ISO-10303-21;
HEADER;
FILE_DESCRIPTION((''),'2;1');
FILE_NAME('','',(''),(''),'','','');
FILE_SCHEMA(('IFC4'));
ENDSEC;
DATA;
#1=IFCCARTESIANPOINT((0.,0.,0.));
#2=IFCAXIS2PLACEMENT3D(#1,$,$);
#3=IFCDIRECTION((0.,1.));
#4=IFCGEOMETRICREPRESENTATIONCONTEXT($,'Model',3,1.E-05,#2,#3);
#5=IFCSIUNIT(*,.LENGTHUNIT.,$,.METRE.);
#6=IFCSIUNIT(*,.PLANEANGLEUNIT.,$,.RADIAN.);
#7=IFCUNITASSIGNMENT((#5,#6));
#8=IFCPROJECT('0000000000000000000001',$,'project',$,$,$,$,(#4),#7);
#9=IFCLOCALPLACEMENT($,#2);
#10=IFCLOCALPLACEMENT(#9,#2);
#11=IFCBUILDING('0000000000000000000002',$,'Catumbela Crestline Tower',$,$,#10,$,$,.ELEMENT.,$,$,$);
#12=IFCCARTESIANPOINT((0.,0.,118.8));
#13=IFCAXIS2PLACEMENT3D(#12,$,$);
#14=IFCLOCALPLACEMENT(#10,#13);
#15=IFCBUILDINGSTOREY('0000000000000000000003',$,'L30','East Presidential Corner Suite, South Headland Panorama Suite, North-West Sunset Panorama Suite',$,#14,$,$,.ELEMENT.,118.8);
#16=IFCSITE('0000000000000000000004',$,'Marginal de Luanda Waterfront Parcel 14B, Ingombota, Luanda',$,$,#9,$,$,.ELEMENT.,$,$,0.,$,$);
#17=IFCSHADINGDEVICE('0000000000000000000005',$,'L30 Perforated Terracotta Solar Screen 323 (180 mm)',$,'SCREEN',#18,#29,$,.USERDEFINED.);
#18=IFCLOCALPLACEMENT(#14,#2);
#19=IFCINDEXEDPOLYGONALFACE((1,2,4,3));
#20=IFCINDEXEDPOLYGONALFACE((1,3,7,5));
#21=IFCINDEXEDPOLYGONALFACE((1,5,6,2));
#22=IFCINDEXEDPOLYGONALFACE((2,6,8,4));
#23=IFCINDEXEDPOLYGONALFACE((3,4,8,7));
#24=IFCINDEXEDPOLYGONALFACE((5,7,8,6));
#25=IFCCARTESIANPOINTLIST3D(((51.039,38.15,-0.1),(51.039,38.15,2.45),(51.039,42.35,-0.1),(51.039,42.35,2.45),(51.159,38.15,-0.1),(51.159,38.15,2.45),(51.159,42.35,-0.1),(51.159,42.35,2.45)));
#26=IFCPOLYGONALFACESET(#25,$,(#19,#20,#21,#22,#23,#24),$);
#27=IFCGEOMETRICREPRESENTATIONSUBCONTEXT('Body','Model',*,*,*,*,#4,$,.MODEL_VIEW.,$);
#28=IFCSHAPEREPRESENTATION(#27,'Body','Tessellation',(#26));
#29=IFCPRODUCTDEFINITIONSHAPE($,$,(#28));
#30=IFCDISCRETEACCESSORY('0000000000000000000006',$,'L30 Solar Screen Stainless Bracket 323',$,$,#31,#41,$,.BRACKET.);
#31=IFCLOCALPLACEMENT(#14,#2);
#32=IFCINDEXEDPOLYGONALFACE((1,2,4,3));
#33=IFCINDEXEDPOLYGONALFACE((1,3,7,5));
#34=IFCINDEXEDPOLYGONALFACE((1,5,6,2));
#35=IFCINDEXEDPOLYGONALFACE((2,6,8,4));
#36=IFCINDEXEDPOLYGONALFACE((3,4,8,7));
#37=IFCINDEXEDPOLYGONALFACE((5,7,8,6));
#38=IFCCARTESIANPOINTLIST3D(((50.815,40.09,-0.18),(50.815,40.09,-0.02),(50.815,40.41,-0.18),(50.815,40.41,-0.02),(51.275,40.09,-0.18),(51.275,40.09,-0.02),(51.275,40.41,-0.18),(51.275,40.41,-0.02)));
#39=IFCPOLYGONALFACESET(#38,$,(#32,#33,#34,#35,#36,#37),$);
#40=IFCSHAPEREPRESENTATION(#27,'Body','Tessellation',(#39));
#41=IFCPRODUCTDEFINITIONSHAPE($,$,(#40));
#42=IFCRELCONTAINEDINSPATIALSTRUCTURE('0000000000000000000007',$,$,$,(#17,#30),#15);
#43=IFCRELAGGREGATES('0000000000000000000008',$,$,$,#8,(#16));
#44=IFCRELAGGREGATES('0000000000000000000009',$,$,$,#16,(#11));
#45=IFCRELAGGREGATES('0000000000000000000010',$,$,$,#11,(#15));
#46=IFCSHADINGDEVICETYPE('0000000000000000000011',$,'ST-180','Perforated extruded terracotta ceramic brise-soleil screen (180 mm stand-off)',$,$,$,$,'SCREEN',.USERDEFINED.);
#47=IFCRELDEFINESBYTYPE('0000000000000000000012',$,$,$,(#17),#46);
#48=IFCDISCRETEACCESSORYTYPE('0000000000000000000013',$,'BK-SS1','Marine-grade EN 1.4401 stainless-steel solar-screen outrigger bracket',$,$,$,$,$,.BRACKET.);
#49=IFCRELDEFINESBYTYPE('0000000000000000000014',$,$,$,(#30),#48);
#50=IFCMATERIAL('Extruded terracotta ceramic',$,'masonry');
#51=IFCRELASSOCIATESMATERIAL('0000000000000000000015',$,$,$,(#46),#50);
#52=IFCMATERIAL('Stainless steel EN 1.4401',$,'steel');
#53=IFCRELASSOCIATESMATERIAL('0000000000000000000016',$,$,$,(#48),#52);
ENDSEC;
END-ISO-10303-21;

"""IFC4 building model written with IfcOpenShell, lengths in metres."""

from ifc_helpers import new_model, si_unit, direction, frame, origin, origin_2d, place, context, subcontext, project, spatial, rectangle, extrude, material, type_object, element, save


model = new_model("IFC4")

# Units and contexts
model_context = context("Model", 3, precision=1e-05, world=origin(), true_north=direction((0.0, 1.0)))
body_context = subcontext(model_context, "Body", "Model", "MODEL_VIEW")
ifc_project = project(units=[si_unit("LENGTHUNIT", "METRE"), si_unit("PLANEANGLEUNIT", "RADIAN")], contexts=[model_context])

# Site, building, storey
site_placement = place(None, origin())
site = spatial("IfcSite", under=ifc_project, at=site_placement, Name="Marginal de Luanda Waterfront Parcel 14B, Ingombota, Luanda", CompositionType="ELEMENT", RefElevation=0.0)
building_placement = place(site_placement, origin())
building = spatial("IfcBuilding", under=site, at=building_placement, Name="Catumbela Crestline Tower", CompositionType="ELEMENT")
storey_placement = place(building_placement, frame((0.0, 0.0, 118.8)))
storey = spatial("IfcBuildingStorey", under=building, at=storey_placement, Name="L30", Description="East Presidential Corner Suite, South Headland Panorama Suite, North-West Sunset Panorama Suite", CompositionType="ELEMENT", Elevation=118.8)

# Shared definitions
ifc_material_1 = material(Name="Extruded terracotta ceramic", Category="masonry")

# Shading device
shading_device_type = type_object("IfcShadingDeviceType", Name="ST-180", Description="Perforated extruded terracotta ceramic brise-soleil screen (180 mm stand-off)", ElementType="SCREEN", PredefinedType="USERDEFINED", material=ifc_material_1)
shading_device_placement = place(storey_placement, frame((51.099, 40.25, -0.1), z_axis=(0.0, 0.0, 1.0), x_axis=(0.0, 1.0, 0.0)))
element("IfcShadingDevice", 1, at=shading_device_placement, inside=storey, type_object=shading_device_type, Name="L30 Perforated Terracotta Solar Screen 323 (180 mm)", ObjectType="SCREEN", PredefinedType="USERDEFINED", context=body_context, shape_type="SweptSolid", body=[
    extrude(rectangle(XDim=4.2, YDim=0.12, at=origin_2d()), origin(), (0.0, 0.0, 1.0), 2.55),
])

# Discrete accessory
ifc_material_2 = material(Name="Stainless steel EN 1.4401", Category="steel")
discrete_accessory_type = type_object("IfcDiscreteAccessoryType", Name="BK-SS1", Description="Marine-grade EN 1.4401 stainless-steel solar-screen outrigger bracket", PredefinedType="BRACKET", material=ifc_material_2)
discrete_accessory_placement = place(storey_placement, frame((51.045, 40.25, -0.18), z_axis=(0.0, 0.0, 1.0), x_axis=(0.0, 1.0, 0.0)))
element("IfcDiscreteAccessory", 2, at=discrete_accessory_placement, inside=storey, type_object=discrete_accessory_type, Name="L30 Solar Screen Stainless Bracket 323", PredefinedType="BRACKET", context=body_context, shape_type="SweptSolid", body=[
    extrude(rectangle(XDim=0.32, YDim=0.46, at=origin_2d()), origin(), (0.0, 0.0, 1.0), 0.16),
])

save(model, "model.ifc")
